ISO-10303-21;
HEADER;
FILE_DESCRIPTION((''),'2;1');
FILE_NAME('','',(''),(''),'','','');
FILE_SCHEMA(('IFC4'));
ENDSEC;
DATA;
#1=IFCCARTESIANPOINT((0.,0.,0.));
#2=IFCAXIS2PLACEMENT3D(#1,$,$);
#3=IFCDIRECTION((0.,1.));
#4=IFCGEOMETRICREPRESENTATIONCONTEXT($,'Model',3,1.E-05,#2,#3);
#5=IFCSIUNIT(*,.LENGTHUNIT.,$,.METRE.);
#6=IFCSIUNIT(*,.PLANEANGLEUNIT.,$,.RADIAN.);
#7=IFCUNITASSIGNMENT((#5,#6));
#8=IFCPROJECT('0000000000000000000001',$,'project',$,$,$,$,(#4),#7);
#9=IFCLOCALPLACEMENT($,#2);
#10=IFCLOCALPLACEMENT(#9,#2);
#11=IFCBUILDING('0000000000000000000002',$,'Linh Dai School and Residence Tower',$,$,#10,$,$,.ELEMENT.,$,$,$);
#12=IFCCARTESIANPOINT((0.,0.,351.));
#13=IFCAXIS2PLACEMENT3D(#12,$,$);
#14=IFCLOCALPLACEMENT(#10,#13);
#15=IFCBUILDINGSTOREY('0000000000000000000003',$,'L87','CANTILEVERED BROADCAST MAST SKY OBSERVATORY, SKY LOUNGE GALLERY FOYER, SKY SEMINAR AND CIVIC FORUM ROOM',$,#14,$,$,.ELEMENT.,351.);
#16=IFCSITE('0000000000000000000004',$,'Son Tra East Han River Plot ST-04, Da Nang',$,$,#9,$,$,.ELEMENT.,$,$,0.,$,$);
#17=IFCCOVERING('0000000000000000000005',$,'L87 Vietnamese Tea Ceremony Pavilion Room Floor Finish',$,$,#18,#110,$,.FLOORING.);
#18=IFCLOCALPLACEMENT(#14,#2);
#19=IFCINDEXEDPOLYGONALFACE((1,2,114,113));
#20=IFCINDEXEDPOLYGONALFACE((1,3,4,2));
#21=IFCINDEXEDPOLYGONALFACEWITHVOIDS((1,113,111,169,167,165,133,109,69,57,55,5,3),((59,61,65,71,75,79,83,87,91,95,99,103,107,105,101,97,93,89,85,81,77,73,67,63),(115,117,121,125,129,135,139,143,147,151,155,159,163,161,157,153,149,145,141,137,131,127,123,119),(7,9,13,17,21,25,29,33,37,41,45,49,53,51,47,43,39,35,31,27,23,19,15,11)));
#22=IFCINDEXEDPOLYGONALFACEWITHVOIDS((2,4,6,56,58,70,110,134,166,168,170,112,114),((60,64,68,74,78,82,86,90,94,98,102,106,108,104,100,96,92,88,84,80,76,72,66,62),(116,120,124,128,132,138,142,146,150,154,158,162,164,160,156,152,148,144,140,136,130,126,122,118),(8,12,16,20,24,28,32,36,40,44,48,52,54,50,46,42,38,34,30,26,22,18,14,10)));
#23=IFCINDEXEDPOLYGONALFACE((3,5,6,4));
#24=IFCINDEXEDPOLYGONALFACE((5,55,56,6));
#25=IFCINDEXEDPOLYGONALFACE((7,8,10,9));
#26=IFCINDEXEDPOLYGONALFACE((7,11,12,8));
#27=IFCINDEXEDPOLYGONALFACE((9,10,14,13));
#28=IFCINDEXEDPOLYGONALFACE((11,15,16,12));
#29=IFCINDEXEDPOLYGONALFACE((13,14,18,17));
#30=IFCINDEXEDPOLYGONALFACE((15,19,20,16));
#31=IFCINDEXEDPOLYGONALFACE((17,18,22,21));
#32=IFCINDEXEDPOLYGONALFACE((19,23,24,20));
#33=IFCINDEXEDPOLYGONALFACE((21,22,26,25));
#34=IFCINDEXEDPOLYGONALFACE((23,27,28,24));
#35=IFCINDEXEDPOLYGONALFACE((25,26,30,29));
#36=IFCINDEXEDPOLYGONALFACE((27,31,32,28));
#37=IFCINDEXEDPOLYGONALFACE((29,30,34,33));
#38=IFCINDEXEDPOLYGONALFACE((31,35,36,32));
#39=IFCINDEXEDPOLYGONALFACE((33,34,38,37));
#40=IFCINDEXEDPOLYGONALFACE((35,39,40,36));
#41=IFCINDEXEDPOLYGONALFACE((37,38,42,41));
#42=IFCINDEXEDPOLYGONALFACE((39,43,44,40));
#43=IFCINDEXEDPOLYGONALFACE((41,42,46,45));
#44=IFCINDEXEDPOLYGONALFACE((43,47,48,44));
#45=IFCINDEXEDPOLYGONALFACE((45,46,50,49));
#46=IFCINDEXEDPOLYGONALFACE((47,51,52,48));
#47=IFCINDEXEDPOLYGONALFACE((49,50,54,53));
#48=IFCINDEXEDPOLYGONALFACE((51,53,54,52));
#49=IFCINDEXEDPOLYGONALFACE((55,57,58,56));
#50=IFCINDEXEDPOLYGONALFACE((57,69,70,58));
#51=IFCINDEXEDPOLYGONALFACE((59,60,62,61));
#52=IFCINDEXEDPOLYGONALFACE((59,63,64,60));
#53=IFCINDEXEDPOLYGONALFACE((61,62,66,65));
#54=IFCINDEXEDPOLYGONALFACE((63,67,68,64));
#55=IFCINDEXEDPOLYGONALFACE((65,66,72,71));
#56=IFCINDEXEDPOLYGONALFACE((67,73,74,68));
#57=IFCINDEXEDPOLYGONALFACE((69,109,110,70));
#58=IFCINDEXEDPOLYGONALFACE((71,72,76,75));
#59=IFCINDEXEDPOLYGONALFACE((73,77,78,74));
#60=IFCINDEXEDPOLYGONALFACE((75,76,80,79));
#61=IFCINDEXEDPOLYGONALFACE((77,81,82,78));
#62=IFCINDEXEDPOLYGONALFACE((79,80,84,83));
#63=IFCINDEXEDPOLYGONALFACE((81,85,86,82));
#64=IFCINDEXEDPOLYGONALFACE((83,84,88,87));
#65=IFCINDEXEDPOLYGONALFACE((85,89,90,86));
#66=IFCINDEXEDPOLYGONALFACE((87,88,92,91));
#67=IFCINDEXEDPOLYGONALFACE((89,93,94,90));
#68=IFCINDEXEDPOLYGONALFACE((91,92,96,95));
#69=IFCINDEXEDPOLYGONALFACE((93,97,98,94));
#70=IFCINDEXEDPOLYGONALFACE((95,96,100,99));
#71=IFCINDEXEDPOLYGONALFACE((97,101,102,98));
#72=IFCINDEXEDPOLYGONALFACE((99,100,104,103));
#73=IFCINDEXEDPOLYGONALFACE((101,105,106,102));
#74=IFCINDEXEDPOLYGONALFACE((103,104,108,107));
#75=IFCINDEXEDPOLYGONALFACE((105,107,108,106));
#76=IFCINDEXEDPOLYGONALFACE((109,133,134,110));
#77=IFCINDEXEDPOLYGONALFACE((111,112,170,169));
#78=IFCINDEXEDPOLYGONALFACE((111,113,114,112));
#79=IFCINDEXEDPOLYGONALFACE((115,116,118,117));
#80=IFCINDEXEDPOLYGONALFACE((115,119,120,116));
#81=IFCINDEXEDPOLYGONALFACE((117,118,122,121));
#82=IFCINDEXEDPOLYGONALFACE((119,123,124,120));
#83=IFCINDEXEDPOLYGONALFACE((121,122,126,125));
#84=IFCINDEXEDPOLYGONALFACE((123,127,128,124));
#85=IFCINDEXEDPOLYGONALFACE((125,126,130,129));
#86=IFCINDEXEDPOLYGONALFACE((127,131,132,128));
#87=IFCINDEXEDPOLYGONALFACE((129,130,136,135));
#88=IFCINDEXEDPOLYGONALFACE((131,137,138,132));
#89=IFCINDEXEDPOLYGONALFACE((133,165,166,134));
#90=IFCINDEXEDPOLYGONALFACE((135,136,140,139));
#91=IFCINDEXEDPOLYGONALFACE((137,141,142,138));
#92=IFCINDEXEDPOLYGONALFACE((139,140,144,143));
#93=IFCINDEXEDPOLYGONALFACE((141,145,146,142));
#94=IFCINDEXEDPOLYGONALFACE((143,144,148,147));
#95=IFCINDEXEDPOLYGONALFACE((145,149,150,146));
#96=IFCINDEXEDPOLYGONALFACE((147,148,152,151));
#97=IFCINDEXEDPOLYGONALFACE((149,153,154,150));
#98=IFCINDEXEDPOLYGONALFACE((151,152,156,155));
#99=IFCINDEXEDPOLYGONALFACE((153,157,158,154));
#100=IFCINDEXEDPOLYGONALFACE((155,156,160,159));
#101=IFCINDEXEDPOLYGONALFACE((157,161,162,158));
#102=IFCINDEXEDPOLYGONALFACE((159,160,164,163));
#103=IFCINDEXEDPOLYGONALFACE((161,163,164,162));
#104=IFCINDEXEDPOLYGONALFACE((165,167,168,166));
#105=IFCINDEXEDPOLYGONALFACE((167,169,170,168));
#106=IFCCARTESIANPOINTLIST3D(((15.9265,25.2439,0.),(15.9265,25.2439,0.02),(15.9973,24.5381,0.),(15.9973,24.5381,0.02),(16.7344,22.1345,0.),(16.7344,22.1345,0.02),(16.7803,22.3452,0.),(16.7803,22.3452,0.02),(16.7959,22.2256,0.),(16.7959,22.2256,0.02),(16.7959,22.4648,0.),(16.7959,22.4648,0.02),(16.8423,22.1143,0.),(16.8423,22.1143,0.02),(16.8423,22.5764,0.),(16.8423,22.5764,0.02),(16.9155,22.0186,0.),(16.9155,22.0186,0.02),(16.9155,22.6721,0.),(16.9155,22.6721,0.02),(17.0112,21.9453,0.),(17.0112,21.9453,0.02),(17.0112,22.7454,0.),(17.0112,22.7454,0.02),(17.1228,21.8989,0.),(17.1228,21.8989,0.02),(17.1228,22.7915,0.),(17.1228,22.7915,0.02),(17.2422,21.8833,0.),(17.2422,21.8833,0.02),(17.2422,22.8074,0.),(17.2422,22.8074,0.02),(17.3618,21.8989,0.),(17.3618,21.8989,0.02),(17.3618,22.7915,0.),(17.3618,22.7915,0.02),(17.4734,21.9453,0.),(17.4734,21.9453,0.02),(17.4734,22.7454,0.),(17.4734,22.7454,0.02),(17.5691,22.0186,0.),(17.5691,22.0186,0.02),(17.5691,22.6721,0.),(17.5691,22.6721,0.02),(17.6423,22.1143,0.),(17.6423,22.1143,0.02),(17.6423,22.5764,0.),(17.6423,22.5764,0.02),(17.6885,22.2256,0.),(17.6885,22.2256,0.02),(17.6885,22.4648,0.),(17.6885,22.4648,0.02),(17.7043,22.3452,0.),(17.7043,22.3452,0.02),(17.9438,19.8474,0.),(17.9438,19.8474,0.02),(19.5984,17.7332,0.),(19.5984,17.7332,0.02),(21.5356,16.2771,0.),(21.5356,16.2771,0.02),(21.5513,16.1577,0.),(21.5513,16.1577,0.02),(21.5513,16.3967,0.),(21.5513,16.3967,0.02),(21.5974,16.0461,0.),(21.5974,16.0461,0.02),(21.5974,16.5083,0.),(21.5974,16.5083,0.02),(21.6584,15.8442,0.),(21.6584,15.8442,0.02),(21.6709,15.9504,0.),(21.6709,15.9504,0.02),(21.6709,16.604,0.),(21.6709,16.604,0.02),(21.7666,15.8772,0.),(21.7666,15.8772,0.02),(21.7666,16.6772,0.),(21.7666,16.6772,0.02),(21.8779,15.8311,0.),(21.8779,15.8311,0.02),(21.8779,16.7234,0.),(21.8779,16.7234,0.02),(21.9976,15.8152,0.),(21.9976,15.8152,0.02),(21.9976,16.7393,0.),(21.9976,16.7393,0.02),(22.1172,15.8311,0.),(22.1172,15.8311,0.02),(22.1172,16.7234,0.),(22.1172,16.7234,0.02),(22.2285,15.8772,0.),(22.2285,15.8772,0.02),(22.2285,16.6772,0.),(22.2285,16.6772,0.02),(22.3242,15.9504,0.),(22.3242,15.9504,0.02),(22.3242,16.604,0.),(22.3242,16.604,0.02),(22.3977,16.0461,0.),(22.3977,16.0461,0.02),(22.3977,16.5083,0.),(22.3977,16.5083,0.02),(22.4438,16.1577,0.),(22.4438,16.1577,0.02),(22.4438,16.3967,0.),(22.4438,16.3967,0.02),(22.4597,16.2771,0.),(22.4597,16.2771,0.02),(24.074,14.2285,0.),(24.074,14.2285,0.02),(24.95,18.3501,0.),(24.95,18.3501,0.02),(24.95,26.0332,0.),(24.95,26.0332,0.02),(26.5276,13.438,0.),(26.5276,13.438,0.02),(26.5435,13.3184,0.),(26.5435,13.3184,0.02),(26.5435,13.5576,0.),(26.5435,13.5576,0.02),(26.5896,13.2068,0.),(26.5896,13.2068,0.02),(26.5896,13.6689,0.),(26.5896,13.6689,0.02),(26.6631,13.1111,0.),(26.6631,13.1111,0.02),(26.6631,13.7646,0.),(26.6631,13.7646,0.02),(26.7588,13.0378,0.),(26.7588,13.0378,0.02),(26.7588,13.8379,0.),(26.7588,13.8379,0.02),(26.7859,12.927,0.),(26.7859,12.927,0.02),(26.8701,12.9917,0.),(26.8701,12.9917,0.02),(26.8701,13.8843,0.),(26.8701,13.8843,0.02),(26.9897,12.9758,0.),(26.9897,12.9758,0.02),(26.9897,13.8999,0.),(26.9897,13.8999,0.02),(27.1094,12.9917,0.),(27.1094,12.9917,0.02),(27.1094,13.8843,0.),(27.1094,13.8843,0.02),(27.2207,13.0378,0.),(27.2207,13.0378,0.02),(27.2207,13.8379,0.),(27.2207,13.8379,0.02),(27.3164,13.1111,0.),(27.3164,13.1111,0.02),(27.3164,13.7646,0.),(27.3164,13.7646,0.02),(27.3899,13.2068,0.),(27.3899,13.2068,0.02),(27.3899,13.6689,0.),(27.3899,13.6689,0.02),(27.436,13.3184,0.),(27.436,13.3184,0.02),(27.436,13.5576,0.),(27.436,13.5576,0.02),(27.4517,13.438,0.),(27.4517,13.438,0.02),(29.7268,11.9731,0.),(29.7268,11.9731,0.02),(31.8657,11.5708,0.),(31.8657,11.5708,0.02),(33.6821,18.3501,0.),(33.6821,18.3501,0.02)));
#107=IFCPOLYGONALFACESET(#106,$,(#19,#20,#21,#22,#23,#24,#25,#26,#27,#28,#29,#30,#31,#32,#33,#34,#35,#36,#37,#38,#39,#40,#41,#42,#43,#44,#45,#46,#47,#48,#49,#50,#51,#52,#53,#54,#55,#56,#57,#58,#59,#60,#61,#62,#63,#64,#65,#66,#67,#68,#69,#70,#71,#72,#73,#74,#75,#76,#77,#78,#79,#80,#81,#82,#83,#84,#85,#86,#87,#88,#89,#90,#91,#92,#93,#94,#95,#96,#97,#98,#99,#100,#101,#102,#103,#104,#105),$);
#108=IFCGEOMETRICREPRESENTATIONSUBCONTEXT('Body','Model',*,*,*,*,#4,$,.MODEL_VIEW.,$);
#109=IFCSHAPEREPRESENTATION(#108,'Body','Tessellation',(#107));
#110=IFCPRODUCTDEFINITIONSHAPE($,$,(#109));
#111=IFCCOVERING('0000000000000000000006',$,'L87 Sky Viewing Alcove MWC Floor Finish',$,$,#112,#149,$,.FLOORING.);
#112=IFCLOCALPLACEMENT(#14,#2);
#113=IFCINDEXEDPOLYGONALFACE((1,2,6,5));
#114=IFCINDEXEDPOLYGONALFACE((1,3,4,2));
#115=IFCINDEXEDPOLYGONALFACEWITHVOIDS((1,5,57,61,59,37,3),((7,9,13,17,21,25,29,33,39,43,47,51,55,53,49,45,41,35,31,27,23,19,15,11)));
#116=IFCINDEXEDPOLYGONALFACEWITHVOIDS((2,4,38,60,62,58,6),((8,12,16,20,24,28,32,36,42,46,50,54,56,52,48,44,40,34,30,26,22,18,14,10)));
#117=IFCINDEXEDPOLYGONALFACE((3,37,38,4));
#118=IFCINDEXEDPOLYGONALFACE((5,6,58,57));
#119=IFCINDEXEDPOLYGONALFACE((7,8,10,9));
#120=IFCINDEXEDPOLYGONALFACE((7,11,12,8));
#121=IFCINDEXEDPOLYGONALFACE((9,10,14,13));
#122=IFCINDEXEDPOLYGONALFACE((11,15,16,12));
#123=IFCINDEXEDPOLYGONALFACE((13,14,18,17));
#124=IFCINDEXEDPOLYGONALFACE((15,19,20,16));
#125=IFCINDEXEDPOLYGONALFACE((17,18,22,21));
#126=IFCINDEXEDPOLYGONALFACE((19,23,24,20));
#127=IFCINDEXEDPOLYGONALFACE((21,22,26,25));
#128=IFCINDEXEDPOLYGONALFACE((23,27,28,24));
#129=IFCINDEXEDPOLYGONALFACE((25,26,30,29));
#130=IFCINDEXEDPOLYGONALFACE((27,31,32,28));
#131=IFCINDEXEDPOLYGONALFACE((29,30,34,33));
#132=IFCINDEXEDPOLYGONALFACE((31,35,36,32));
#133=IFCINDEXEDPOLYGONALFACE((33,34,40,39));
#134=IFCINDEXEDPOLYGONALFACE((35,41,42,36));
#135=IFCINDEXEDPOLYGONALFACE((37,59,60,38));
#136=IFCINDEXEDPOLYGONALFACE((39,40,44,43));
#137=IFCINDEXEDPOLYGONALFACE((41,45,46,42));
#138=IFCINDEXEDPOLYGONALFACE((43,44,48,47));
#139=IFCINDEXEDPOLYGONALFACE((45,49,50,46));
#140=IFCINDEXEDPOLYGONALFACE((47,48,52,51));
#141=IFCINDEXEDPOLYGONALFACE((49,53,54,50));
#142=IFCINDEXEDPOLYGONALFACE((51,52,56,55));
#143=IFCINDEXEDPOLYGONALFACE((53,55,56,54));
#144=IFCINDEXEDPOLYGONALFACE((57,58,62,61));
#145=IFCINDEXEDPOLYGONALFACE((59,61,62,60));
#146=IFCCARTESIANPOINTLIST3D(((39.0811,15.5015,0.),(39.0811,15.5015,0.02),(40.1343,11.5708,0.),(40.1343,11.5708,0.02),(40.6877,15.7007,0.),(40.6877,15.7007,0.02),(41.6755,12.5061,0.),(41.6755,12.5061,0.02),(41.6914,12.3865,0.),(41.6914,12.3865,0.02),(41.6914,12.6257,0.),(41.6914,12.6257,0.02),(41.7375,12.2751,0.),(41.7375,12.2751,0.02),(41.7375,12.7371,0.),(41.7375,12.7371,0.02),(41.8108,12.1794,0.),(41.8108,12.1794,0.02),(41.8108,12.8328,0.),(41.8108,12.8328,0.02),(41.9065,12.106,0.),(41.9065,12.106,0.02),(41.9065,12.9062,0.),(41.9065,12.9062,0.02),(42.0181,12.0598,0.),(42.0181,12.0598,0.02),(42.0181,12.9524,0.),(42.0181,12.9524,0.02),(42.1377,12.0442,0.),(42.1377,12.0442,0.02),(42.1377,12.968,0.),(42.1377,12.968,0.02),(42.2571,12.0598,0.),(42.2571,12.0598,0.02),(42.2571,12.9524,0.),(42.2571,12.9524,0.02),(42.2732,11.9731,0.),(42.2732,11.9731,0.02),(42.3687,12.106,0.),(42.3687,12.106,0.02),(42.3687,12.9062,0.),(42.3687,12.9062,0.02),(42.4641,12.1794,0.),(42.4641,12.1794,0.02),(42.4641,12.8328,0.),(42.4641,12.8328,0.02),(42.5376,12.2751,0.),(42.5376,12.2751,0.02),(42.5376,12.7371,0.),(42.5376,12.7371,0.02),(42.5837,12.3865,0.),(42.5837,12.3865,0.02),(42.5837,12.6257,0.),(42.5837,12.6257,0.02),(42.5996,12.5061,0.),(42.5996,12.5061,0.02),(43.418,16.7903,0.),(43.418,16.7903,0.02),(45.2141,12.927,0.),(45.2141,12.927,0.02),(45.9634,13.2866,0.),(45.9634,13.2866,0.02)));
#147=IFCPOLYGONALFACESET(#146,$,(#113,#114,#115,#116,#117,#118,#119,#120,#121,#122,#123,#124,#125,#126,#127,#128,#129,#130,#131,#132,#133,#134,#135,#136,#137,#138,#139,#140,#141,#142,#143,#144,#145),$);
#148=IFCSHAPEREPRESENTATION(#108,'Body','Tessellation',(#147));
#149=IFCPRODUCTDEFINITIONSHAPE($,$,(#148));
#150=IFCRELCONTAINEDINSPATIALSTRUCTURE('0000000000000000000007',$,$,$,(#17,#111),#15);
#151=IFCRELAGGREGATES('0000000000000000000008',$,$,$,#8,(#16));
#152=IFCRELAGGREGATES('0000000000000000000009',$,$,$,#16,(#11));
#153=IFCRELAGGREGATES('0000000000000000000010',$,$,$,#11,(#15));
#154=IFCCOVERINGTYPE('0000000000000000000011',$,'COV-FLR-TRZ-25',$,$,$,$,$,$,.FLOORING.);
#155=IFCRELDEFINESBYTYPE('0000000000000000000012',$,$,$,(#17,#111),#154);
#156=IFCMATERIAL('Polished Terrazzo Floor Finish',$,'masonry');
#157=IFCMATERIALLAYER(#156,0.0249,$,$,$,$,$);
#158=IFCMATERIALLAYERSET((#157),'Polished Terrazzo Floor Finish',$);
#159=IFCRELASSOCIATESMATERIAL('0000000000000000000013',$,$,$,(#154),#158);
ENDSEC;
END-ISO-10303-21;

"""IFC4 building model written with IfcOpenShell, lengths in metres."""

from ifc_helpers import new_model, si_unit, direction, frame, origin, place, context, subcontext, project, spatial, polyline, outline, extrude, material, layer, layer_set, type_object, element, save


model = new_model("IFC4")

# Units and contexts
model_context = context("Model", 3, precision=1e-05, world=origin(), true_north=direction((0.0, 1.0)))
body_context = subcontext(model_context, "Body", "Model", "MODEL_VIEW")
ifc_project = project(units=[si_unit("LENGTHUNIT", "METRE"), si_unit("PLANEANGLEUNIT", "RADIAN")], contexts=[model_context])

# Site, building, storey
site_placement = place(None, origin())
site = spatial("IfcSite", under=ifc_project, at=site_placement, Name="Son Tra East Han River Plot ST-04, Da Nang", CompositionType="ELEMENT", RefElevation=0.0)
building_placement = place(site_placement, origin())
building = spatial("IfcBuilding", under=site, at=building_placement, Name="Linh Dai School and Residence Tower", CompositionType="ELEMENT")
storey_placement = place(building_placement, frame((0.0, 0.0, 351.0)))
storey = spatial("IfcBuildingStorey", under=building, at=storey_placement, Name="L87", Description="CANTILEVERED BROADCAST MAST SKY OBSERVATORY, SKY LOUNGE GALLERY FOYER, SKY SEMINAR AND CIVIC FORUM ROOM", CompositionType="ELEMENT", Elevation=351.0)

# Coverings
ifc_material_1 = material(Name="Polished Terrazzo Floor Finish", Category="masonry")
ifc_layer_1 = layer(ifc_material_1, 0.0249)
ifc_layer_set_1 = layer_set([ifc_layer_1], Name="Polished Terrazzo Floor Finish")
covering_type_1 = type_object("IfcCoveringType", Name="COV-FLR-TRZ-25", PredefinedType="FLOORING", material=ifc_layer_set_1)
covering_1_placement = place(storey_placement, origin())
element("IfcCovering", 1, at=covering_1_placement, inside=storey, type_object=covering_type_1, Name="L87 Vietnamese Tea Ceremony Pavilion Room Floor Finish", PredefinedType="FLOORING", context=body_context, shape_type="SweptSolid", body=[
    extrude(outline(polyline([(26.7859, 12.927), (24.074, 14.2285), (21.6584, 15.8442), (19.5984, 17.7332), (17.9438, 19.8474), (16.7344, 22.1345), (15.9973, 24.5381), (15.9265, 25.2439), (24.95, 26.0332), (24.95, 18.3501), (33.6821, 18.3501), (31.8657, 11.5708), (29.7268, 11.9731), (26.7859, 12.927)]), holes=[polyline([(27.436, 13.3184), (27.4517, 13.438), (27.436, 13.5576), (27.3899, 13.6689), (27.3164, 13.7646), (27.2207, 13.8379), (27.1094, 13.8843), (26.9897, 13.8999), (26.8701, 13.8843), (26.7588, 13.8379), (26.6631, 13.7646), (26.5896, 13.6689), (26.5435, 13.5576), (26.5276, 13.438), (26.5435, 13.3184), (26.5896, 13.2068), (26.6631, 13.1111), (26.7588, 13.0378), (26.8701, 12.9917), (26.9897, 12.9758), (27.1094, 12.9917), (27.2207, 13.0378), (27.3164, 13.1111), (27.3899, 13.2068), (27.436, 13.3184)]), polyline([(22.4438, 16.1577), (22.4597, 16.2771), (22.4438, 16.3967), (22.3977, 16.5083), (22.3242, 16.604), (22.2285, 16.6772), (22.1172, 16.7234), (21.9976, 16.7393), (21.8779, 16.7234), (21.7666, 16.6772), (21.6709, 16.604), (21.5974, 16.5083), (21.5513, 16.3967), (21.5356, 16.2771), (21.5513, 16.1577), (21.5974, 16.0461), (21.6709, 15.9504), (21.7666, 15.8772), (21.8779, 15.8311), (21.9976, 15.8152), (22.1172, 15.8311), (22.2285, 15.8772), (22.3242, 15.9504), (22.3977, 16.0461), (22.4438, 16.1577)]), polyline([(17.6423, 22.1143), (17.6885, 22.2256), (17.7043, 22.3452), (17.6885, 22.4648), (17.6423, 22.5764), (17.5691, 22.6721), (17.4734, 22.7454), (17.3618, 22.7915), (17.2422, 22.8074), (17.1228, 22.7915), (17.0112, 22.7454), (16.9155, 22.6721), (16.8423, 22.5764), (16.7959, 22.4648), (16.7803, 22.3452), (16.7959, 22.2256), (16.8423, 22.1143), (16.9155, 22.0186), (17.0112, 21.9453), (17.1228, 21.8989), (17.2422, 21.8833), (17.3618, 21.8989), (17.4734, 21.9453), (17.5691, 22.0186), (17.6423, 22.1143)])]), origin(), (0.0, 0.0, 1.0), 0.02),
])
covering_2_placement = place(storey_placement, origin())
element("IfcCovering", 2, at=covering_2_placement, inside=storey, type_object=covering_type_1, Name="L87 Sky Viewing Alcove MWC Floor Finish", PredefinedType="FLOORING", context=body_context, shape_type="SweptSolid", body=[
    extrude(outline(polyline([(40.6877, 15.7007), (43.418, 16.7903), (45.9634, 13.2866), (45.2141, 12.927), (42.2732, 11.9731), (40.1343, 11.5708), (39.0811, 15.5015), (40.6877, 15.7007)]), holes=[polyline([(42.5837, 12.6257), (42.5376, 12.7371), (42.4641, 12.8328), (42.3687, 12.9062), (42.2571, 12.9524), (42.1377, 12.968), (42.0181, 12.9524), (41.9065, 12.9062), (41.8108, 12.8328), (41.7375, 12.7371), (41.6914, 12.6257), (41.6755, 12.5061), (41.6914, 12.3865), (41.7375, 12.2751), (41.8108, 12.1794), (41.9065, 12.106), (42.0181, 12.0598), (42.1377, 12.0442), (42.2571, 12.0598), (42.3687, 12.106), (42.4641, 12.1794), (42.5376, 12.2751), (42.5837, 12.3865), (42.5996, 12.5061), (42.5837, 12.6257)])]), origin(), (0.0, 0.0, 1.0), 0.02),
])

save(model, "model.ifc")
